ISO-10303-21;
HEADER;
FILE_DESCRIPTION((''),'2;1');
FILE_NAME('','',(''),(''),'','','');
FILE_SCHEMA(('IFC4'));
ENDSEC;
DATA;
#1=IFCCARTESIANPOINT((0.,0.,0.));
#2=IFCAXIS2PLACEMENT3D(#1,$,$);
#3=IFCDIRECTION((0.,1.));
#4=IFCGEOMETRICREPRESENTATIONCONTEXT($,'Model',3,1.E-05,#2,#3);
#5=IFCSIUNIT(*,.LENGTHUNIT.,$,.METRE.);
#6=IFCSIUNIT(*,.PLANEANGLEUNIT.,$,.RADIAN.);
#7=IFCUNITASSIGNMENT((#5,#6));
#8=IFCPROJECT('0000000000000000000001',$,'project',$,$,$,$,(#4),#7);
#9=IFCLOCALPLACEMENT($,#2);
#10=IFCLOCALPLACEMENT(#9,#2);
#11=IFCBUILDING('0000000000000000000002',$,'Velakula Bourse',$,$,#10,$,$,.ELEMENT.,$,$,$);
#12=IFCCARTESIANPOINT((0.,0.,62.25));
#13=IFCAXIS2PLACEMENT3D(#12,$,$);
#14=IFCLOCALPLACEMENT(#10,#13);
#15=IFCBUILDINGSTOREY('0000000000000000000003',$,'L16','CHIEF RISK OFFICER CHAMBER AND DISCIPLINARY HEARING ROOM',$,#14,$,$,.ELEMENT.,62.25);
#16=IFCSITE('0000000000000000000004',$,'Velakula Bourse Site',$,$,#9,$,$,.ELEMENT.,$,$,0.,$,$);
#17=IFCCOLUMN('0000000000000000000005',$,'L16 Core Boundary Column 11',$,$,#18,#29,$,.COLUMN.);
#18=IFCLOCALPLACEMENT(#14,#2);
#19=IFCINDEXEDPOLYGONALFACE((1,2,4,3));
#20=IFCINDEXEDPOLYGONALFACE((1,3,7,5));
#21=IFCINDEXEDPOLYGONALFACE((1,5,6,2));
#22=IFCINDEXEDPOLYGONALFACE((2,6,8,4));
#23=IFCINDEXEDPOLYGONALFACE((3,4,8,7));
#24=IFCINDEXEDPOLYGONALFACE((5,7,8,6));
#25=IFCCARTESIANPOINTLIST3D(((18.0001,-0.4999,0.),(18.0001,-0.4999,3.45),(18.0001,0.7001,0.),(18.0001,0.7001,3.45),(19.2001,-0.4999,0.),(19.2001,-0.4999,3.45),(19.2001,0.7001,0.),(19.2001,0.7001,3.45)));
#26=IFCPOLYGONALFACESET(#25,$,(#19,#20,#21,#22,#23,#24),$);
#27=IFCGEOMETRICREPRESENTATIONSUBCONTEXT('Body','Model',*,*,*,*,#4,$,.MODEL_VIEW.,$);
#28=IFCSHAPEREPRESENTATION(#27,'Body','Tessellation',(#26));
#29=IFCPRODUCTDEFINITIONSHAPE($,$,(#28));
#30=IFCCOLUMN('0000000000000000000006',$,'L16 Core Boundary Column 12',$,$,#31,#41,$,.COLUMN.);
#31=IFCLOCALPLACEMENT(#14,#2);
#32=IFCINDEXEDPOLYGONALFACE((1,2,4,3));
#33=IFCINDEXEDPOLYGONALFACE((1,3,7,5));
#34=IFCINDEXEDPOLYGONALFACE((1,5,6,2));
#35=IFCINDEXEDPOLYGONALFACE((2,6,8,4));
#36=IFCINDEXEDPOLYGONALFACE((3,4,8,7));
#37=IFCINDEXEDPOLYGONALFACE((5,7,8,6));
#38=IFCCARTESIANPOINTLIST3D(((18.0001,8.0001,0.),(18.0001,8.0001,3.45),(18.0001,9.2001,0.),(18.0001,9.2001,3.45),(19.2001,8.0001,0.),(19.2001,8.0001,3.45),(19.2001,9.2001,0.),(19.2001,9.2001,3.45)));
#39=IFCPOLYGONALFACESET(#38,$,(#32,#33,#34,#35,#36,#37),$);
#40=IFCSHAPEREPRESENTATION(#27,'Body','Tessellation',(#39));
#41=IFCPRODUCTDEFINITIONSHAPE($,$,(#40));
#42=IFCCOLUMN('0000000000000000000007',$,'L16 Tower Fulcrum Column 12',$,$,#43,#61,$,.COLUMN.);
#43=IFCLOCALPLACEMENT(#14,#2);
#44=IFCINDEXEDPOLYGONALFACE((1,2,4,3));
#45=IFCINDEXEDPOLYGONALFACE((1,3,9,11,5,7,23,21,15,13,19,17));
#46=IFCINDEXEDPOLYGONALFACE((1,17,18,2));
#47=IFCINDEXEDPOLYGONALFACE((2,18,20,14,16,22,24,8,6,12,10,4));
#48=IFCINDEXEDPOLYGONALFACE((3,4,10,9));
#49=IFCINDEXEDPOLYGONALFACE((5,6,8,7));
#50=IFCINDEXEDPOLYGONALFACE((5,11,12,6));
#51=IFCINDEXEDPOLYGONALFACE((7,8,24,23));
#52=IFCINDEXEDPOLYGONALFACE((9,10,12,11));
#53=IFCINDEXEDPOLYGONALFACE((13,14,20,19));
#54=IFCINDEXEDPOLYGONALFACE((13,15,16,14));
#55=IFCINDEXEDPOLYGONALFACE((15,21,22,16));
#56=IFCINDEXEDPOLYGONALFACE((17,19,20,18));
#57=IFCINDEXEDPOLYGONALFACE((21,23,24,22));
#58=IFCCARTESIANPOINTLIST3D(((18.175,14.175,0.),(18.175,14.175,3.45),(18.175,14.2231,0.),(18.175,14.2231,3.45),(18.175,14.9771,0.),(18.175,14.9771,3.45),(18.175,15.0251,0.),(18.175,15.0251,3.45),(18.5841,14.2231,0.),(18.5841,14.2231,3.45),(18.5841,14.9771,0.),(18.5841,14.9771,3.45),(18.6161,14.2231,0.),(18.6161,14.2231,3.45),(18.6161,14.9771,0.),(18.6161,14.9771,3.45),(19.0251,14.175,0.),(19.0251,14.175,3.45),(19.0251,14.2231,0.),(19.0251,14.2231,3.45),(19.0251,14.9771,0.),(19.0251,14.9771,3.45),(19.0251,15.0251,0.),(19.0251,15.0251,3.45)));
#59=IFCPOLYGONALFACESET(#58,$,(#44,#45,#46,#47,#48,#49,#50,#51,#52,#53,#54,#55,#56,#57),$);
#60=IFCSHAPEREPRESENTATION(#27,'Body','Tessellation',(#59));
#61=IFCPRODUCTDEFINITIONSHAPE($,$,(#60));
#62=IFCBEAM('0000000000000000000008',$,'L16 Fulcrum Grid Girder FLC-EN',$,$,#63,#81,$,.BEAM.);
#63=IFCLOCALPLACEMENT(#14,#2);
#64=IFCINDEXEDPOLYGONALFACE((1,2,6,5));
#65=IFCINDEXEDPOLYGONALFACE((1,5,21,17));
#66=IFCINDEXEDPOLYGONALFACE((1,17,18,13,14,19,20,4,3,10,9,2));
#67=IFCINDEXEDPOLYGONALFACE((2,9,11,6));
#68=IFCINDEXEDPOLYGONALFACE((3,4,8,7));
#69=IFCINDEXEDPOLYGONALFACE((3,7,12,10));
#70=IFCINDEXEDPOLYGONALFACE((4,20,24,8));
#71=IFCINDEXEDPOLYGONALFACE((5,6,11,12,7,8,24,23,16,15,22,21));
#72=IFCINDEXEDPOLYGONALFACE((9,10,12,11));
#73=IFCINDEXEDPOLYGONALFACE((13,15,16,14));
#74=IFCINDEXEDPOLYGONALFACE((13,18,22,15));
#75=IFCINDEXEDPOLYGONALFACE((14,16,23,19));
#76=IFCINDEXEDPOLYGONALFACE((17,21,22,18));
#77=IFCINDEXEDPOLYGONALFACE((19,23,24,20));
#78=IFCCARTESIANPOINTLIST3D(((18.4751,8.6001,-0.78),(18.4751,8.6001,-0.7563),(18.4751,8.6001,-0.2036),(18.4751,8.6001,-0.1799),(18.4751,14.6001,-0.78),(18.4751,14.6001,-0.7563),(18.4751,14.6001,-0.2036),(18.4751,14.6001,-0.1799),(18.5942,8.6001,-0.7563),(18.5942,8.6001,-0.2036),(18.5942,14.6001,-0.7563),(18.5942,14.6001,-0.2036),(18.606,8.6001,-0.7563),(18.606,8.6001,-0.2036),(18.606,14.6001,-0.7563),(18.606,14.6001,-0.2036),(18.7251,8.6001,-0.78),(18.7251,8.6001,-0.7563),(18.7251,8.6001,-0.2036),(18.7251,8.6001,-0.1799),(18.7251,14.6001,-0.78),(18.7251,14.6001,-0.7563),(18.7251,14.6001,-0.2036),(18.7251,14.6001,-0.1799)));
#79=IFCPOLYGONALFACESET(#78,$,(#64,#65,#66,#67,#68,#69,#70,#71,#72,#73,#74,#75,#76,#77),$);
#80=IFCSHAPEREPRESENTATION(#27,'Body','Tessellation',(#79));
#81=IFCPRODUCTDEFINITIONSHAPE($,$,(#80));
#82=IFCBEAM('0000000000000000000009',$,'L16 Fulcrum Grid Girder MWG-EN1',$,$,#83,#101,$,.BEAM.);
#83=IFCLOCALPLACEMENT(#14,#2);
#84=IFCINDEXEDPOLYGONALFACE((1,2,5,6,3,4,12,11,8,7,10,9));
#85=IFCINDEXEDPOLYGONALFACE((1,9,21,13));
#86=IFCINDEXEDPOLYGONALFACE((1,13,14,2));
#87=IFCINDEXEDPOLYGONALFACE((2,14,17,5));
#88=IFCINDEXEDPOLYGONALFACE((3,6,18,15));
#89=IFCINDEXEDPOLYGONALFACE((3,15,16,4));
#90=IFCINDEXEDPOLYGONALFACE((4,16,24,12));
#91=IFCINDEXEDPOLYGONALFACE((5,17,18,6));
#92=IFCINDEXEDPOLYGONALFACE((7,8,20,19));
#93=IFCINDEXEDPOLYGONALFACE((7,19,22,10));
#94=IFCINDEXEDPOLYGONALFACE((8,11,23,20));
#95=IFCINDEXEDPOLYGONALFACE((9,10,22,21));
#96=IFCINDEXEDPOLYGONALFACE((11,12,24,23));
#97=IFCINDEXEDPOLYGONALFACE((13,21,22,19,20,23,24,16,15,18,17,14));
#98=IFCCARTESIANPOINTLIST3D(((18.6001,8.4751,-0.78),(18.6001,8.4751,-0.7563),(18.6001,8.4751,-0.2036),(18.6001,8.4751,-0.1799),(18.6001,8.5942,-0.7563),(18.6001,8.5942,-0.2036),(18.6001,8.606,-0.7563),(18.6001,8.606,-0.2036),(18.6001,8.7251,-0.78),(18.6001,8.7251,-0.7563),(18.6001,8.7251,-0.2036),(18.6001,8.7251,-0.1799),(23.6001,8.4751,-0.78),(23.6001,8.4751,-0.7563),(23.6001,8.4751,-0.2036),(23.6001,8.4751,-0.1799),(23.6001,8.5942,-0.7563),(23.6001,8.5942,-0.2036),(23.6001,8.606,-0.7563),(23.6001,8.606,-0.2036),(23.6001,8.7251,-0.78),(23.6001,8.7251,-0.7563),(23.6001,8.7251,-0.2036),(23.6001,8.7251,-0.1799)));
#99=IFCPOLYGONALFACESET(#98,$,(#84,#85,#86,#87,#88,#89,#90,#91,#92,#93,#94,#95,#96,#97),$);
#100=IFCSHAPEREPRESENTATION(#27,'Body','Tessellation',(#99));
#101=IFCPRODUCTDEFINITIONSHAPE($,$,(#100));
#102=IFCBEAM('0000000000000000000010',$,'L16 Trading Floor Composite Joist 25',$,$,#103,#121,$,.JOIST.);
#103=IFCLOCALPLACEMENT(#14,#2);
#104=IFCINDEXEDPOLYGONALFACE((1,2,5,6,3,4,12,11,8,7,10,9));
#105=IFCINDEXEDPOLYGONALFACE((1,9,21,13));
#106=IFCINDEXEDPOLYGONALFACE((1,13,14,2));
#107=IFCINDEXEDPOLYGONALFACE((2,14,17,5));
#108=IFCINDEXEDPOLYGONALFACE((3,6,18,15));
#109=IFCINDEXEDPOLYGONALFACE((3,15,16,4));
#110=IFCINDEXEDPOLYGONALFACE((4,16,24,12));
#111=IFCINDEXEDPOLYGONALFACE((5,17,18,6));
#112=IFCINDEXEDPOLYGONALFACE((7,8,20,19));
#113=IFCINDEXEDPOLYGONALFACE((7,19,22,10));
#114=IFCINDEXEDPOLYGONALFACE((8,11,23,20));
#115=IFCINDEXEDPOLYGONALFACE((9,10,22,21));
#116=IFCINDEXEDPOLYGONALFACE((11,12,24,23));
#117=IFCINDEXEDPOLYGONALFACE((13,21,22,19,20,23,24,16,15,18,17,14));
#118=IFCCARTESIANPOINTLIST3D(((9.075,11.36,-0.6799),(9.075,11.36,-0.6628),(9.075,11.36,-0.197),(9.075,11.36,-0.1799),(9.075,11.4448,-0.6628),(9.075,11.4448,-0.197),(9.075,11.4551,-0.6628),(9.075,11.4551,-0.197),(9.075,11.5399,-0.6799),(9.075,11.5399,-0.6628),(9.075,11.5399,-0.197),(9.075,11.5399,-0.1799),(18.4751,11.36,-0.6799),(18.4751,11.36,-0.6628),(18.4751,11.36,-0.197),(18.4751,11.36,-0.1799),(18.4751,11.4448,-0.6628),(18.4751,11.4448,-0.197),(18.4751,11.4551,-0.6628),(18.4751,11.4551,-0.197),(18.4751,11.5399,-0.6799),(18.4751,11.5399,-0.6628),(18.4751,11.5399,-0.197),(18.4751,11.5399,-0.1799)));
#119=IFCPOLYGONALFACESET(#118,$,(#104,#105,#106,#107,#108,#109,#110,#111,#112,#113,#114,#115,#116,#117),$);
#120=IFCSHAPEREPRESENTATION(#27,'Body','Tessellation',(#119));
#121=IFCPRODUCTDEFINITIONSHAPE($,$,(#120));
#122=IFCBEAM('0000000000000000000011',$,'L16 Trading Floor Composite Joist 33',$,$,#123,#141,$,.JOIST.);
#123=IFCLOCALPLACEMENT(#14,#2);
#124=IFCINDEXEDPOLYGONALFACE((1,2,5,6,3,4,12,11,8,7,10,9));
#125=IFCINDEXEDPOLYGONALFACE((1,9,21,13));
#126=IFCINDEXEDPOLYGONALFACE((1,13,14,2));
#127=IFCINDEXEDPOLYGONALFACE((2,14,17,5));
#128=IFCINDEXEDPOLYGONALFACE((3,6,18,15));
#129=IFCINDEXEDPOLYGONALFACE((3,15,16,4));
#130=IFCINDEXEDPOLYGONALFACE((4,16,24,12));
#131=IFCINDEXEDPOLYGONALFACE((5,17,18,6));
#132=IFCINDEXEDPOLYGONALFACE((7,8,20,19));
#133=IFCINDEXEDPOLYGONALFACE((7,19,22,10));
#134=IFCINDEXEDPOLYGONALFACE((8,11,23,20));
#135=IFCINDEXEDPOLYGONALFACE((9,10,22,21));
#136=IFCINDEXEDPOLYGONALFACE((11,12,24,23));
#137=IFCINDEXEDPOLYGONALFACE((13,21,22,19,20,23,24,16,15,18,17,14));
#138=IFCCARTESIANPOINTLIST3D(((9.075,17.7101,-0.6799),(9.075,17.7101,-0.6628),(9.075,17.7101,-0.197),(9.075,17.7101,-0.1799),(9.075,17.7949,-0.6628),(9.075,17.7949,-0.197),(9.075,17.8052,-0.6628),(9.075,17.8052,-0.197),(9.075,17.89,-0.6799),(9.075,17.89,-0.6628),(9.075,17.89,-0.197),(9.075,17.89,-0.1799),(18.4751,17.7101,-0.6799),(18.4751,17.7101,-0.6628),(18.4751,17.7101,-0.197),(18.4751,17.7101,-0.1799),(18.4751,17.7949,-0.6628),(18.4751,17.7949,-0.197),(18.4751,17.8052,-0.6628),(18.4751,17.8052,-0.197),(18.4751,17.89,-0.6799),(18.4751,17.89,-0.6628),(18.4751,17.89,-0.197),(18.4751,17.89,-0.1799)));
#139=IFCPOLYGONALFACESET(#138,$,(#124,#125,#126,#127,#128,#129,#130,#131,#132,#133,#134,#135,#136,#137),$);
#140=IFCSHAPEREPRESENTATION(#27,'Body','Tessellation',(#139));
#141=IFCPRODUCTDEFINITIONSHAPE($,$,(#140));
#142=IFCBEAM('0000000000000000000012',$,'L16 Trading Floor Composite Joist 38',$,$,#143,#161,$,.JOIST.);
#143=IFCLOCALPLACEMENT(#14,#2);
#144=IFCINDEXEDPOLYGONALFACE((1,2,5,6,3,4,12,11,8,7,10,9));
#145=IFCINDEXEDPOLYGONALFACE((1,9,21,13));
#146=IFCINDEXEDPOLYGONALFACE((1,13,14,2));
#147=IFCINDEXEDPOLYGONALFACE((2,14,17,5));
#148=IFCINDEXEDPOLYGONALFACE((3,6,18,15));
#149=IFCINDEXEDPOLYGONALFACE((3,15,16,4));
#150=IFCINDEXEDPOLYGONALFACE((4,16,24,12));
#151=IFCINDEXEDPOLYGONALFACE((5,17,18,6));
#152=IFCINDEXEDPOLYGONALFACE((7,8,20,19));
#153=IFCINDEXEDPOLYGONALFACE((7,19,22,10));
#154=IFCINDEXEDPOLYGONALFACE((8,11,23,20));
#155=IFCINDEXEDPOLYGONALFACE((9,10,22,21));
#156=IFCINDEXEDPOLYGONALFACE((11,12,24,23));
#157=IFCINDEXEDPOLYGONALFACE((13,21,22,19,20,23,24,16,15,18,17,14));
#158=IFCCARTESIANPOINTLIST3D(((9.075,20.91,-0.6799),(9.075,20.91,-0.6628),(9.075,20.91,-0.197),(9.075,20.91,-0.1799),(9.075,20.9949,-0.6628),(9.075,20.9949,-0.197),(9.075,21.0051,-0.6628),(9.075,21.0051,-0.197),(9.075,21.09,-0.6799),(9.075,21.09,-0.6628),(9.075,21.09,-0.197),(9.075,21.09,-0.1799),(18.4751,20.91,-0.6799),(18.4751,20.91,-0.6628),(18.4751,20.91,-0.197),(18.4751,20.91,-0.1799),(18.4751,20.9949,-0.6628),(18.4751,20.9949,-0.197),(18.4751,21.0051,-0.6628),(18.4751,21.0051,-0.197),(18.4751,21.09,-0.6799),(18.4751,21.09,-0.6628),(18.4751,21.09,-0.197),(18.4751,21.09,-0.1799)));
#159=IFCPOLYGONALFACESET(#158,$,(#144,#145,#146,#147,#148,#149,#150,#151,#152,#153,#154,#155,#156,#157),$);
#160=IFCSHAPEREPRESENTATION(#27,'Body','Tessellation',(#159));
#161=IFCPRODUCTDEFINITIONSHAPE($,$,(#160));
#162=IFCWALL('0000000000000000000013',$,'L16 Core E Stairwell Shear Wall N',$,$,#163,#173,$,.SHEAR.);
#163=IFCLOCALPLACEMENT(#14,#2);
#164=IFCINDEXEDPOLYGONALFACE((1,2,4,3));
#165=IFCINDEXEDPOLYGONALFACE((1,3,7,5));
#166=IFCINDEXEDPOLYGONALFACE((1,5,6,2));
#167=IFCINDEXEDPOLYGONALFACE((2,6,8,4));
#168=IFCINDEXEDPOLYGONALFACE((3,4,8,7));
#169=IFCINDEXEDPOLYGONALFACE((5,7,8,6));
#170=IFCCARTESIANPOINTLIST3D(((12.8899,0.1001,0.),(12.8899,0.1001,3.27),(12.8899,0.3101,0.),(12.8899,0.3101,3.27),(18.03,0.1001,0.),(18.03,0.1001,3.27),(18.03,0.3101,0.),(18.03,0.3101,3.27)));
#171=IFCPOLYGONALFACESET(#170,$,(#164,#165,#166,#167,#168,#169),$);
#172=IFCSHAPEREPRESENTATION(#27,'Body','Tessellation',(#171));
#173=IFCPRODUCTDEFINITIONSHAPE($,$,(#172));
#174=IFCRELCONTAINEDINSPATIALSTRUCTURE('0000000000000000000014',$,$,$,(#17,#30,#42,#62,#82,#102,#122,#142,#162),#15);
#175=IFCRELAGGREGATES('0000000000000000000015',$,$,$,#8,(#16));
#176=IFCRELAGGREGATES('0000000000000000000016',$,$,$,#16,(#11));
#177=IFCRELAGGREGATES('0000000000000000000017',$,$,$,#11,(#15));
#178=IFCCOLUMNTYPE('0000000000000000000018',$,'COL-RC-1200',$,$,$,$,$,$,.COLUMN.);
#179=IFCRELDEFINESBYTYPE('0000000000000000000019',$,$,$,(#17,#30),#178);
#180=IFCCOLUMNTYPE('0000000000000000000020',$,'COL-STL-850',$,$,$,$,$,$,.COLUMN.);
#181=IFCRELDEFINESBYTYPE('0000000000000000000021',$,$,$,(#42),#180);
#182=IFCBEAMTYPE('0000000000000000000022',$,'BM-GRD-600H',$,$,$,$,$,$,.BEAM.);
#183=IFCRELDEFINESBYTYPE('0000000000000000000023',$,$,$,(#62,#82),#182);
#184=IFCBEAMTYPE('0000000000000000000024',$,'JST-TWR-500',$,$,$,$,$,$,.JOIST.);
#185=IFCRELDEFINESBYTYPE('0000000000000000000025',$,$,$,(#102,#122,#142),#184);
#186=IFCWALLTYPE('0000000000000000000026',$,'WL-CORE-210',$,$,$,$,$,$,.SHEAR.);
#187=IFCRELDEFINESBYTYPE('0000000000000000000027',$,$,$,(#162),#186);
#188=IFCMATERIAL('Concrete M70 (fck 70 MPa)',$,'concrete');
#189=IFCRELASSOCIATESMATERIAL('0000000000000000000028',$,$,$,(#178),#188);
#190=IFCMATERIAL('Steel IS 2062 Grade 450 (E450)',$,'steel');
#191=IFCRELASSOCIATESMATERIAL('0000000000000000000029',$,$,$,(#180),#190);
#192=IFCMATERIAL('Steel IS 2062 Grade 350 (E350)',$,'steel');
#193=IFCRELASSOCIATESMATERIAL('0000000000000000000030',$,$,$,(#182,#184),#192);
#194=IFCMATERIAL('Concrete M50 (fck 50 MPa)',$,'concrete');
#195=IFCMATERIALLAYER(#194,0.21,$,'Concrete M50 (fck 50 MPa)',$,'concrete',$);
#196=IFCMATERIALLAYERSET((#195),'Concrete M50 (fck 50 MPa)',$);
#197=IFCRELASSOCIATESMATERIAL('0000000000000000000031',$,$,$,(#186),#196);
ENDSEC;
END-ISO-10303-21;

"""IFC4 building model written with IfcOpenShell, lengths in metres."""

from ifc_helpers import new_model, si_unit, direction, frame, frame_2d, origin, origin_2d, place, context, subcontext, project, spatial, rectangle, i_section, extrude, material, layer, layer_set, material_profile, profile_set, type_object, element, save


model = new_model("IFC4")

# Units and contexts
model_context = context("Model", 3, precision=1e-05, world=origin(), true_north=direction((0.0, 1.0)))
body_context = subcontext(model_context, "Body", "Model", "MODEL_VIEW")
ifc_project = project(units=[si_unit("LENGTHUNIT", "METRE"), si_unit("PLANEANGLEUNIT", "RADIAN")], contexts=[model_context])

# Site, building, storey
site_placement = place(None, origin())
site = spatial("IfcSite", under=ifc_project, at=site_placement, Name="Velakula Bourse Site", CompositionType="ELEMENT", RefElevation=0.0)
building_placement = place(site_placement, origin())
building = spatial("IfcBuilding", under=site, at=building_placement, Name="Velakula Bourse", CompositionType="ELEMENT")
storey_placement = place(building_placement, frame((0.0, 0.0, 62.25)))
storey = spatial("IfcBuildingStorey", under=building, at=storey_placement, Name="L16", Description="CHIEF RISK OFFICER CHAMBER AND DISCIPLINARY HEARING ROOM", CompositionType="ELEMENT", Elevation=62.25)

# Columns
ifc_material_1 = material(Name="Concrete M70 (fck 70 MPa)", Category="concrete")
ifc_material_profile_1 = material_profile(ifc_material_1, rectangle(XDim=1.2, YDim=1.2, at=origin_2d()), Name="Concrete M70 (fck 70 MPa)")
ifc_profile_set_1 = profile_set([ifc_material_profile_1], Name="Concrete M70 (fck 70 MPa)")
column_type_1 = type_object("IfcColumnType", Name="COL-RC-1200", PredefinedType="COLUMN", material=ifc_profile_set_1)
for number, where, z_axis, x_axis, name in (
    (1, (18.6001, 0.1001, 0.0), (0.0, 0.0, 1.0), (1.0, 0.0, 0.0), "L16 Core Boundary Column 11"),
    (2, (18.6001, 8.6001, 0.0), (0.0, 0.0, 1.0), (1.0, 0.0, 0.0), "L16 Core Boundary Column 12"),
):
    element("IfcColumn", number, at=place(storey_placement, frame(where, z_axis=z_axis, x_axis=x_axis)), inside=storey, type_object=column_type_1, Name=name, PredefinedType="COLUMN", context=body_context, shape_type="SweptSolid", body=[
        extrude(rectangle(XDim=1.2, YDim=1.2, at=origin_2d()), origin(), (0.0, 0.0, 1.0), 3.45),
    ])
ifc_material_2 = material(Name="Steel IS 2062 Grade 450 (E450)", Category="steel")
ifc_material_profile_2 = material_profile(ifc_material_2, i_section(OverallWidth=0.8501, OverallDepth=0.8501, WebThickness=0.032, FlangeThickness=0.0481, at=origin_2d()), Name="Steel IS 2062 Grade 450 (E450)")
ifc_profile_set_2 = profile_set([ifc_material_profile_2], Name="Steel IS 2062 Grade 450 (E450)")
column_type_2 = type_object("IfcColumnType", Name="COL-STL-850", PredefinedType="COLUMN", material=ifc_profile_set_2)
column_placement = place(storey_placement, frame((18.6001, 14.6001, 0.0), z_axis=(0.0, 0.0, 1.0), x_axis=(1.0, 0.0, 0.0)))
element("IfcColumn", 3, at=column_placement, inside=storey, type_object=column_type_2, Name="L16 Tower Fulcrum Column 12", PredefinedType="COLUMN", context=body_context, shape_type="SweptSolid", body=[
    extrude(i_section(OverallWidth=0.8501, OverallDepth=0.8501, WebThickness=0.032, FlangeThickness=0.0481, at=origin_2d()), origin(), (0.0, 0.0, 1.0), 3.45),
])

# Beams
ifc_material_3 = material(Name="Steel IS 2062 Grade 350 (E350)", Category="steel")
ifc_material_profile_3 = material_profile(ifc_material_3, i_section(OverallWidth=0.25, OverallDepth=0.6001, WebThickness=0.0117, FlangeThickness=0.0237, at=origin_2d()), Name="Steel IS 2062 Grade 350 (E350)")
ifc_profile_set_3 = profile_set([ifc_material_profile_3], Name="Steel IS 2062 Grade 350 (E350)")
beam_type_1 = type_object("IfcBeamType", Name="BM-GRD-600H", PredefinedType="BEAM", material=ifc_profile_set_3)
beam_1_placement = place(storey_placement, frame((18.6001, 8.6001, -0.48), z_axis=(0.0, 1.0, 0.0), x_axis=(-1.0, 0.0, 0.0)))
element("IfcBeam", 4, at=beam_1_placement, inside=storey, type_object=beam_type_1, Name="L16 Fulcrum Grid Girder FLC-EN", PredefinedType="BEAM", context=body_context, shape_type="SweptSolid", body=[
    extrude(i_section(OverallWidth=0.25, OverallDepth=0.6001, WebThickness=0.0117, FlangeThickness=0.0237, at=origin_2d()), origin(), (0.0, 0.0, 1.0), 6.0),
])
beam_2_placement = place(storey_placement, frame((18.6001, 8.6001, -0.48), z_axis=(1.0, 0.0, 0.0), x_axis=(0.0, 1.0, 0.0)))
element("IfcBeam", 5, at=beam_2_placement, inside=storey, type_object=beam_type_1, Name="L16 Fulcrum Grid Girder MWG-EN1", PredefinedType="BEAM", context=body_context, shape_type="SweptSolid", body=[
    extrude(i_section(OverallWidth=0.25, OverallDepth=0.6001, WebThickness=0.0117, FlangeThickness=0.0237, at=origin_2d()), origin(), (0.0, 0.0, 1.0), 5.0),
])
ifc_material_profile_4 = material_profile(ifc_material_3, i_section(OverallWidth=0.1799, OverallDepth=0.5, WebThickness=0.0103, FlangeThickness=0.0171, at=origin_2d()), Name="Steel IS 2062 Grade 350 (E350)")
ifc_profile_set_4 = profile_set([ifc_material_profile_4], Name="Steel IS 2062 Grade 350 (E350)")
beam_type_2 = type_object("IfcBeamType", Name="JST-TWR-500", PredefinedType="JOIST", material=ifc_profile_set_4)
for number, where, z_axis, x_axis, name in (
    (6, (9.075, 11.45, -0.4299), (1.0, 0.0, 0.0), (0.0, 1.0, 0.0), "L16 Trading Floor Composite Joist 25"),
    (7, (9.075, 17.8, -0.4299), (1.0, 0.0, 0.0), (0.0, 1.0, 0.0), "L16 Trading Floor Composite Joist 33"),
    (8, (9.075, 21.0, -0.4299), (1.0, 0.0, 0.0), (0.0, 1.0, 0.0), "L16 Trading Floor Composite Joist 38"),
):
    element("IfcBeam", number, at=place(storey_placement, frame(where, z_axis=z_axis, x_axis=x_axis)), inside=storey, type_object=beam_type_2, Name=name, PredefinedType="JOIST", context=body_context, shape_type="SweptSolid", body=[
        extrude(i_section(OverallWidth=0.1799, OverallDepth=0.5, WebThickness=0.0103, FlangeThickness=0.0171, at=origin_2d()), origin(), (0.0, 0.0, 1.0), 9.4001),
    ])

# Wall
ifc_material_4 = material(Name="Concrete M50 (fck 50 MPa)", Category="concrete")
ifc_layer_1 = layer(ifc_material_4, 0.21, Name="Concrete M50 (fck 50 MPa)", Category="concrete")
ifc_layer_set_1 = layer_set([ifc_layer_1], Name="Concrete M50 (fck 50 MPa)")
wall_type_1 = type_object("IfcWallType", Name="WL-CORE-210", PredefinedType="SHEAR", material=ifc_layer_set_1)
wall_1_placement = place(storey_placement, frame((18.03, 0.2051, 0.0), z_axis=(0.0, 0.0, 1.0), x_axis=(-1.0, 0.0, 0.0)))
element("IfcWall", 9, at=wall_1_placement, inside=storey, type_object=wall_type_1, Name="L16 Core E Stairwell Shear Wall N", PredefinedType="SHEAR", context=body_context, shape_type="SweptSolid", body=[
    extrude(rectangle(XDim=5.1401, YDim=0.21, at=frame_2d((2.5701, 0.0))), origin(), (0.0, 0.0, 1.0), 3.27),
])

save(model, "model.ifc")
